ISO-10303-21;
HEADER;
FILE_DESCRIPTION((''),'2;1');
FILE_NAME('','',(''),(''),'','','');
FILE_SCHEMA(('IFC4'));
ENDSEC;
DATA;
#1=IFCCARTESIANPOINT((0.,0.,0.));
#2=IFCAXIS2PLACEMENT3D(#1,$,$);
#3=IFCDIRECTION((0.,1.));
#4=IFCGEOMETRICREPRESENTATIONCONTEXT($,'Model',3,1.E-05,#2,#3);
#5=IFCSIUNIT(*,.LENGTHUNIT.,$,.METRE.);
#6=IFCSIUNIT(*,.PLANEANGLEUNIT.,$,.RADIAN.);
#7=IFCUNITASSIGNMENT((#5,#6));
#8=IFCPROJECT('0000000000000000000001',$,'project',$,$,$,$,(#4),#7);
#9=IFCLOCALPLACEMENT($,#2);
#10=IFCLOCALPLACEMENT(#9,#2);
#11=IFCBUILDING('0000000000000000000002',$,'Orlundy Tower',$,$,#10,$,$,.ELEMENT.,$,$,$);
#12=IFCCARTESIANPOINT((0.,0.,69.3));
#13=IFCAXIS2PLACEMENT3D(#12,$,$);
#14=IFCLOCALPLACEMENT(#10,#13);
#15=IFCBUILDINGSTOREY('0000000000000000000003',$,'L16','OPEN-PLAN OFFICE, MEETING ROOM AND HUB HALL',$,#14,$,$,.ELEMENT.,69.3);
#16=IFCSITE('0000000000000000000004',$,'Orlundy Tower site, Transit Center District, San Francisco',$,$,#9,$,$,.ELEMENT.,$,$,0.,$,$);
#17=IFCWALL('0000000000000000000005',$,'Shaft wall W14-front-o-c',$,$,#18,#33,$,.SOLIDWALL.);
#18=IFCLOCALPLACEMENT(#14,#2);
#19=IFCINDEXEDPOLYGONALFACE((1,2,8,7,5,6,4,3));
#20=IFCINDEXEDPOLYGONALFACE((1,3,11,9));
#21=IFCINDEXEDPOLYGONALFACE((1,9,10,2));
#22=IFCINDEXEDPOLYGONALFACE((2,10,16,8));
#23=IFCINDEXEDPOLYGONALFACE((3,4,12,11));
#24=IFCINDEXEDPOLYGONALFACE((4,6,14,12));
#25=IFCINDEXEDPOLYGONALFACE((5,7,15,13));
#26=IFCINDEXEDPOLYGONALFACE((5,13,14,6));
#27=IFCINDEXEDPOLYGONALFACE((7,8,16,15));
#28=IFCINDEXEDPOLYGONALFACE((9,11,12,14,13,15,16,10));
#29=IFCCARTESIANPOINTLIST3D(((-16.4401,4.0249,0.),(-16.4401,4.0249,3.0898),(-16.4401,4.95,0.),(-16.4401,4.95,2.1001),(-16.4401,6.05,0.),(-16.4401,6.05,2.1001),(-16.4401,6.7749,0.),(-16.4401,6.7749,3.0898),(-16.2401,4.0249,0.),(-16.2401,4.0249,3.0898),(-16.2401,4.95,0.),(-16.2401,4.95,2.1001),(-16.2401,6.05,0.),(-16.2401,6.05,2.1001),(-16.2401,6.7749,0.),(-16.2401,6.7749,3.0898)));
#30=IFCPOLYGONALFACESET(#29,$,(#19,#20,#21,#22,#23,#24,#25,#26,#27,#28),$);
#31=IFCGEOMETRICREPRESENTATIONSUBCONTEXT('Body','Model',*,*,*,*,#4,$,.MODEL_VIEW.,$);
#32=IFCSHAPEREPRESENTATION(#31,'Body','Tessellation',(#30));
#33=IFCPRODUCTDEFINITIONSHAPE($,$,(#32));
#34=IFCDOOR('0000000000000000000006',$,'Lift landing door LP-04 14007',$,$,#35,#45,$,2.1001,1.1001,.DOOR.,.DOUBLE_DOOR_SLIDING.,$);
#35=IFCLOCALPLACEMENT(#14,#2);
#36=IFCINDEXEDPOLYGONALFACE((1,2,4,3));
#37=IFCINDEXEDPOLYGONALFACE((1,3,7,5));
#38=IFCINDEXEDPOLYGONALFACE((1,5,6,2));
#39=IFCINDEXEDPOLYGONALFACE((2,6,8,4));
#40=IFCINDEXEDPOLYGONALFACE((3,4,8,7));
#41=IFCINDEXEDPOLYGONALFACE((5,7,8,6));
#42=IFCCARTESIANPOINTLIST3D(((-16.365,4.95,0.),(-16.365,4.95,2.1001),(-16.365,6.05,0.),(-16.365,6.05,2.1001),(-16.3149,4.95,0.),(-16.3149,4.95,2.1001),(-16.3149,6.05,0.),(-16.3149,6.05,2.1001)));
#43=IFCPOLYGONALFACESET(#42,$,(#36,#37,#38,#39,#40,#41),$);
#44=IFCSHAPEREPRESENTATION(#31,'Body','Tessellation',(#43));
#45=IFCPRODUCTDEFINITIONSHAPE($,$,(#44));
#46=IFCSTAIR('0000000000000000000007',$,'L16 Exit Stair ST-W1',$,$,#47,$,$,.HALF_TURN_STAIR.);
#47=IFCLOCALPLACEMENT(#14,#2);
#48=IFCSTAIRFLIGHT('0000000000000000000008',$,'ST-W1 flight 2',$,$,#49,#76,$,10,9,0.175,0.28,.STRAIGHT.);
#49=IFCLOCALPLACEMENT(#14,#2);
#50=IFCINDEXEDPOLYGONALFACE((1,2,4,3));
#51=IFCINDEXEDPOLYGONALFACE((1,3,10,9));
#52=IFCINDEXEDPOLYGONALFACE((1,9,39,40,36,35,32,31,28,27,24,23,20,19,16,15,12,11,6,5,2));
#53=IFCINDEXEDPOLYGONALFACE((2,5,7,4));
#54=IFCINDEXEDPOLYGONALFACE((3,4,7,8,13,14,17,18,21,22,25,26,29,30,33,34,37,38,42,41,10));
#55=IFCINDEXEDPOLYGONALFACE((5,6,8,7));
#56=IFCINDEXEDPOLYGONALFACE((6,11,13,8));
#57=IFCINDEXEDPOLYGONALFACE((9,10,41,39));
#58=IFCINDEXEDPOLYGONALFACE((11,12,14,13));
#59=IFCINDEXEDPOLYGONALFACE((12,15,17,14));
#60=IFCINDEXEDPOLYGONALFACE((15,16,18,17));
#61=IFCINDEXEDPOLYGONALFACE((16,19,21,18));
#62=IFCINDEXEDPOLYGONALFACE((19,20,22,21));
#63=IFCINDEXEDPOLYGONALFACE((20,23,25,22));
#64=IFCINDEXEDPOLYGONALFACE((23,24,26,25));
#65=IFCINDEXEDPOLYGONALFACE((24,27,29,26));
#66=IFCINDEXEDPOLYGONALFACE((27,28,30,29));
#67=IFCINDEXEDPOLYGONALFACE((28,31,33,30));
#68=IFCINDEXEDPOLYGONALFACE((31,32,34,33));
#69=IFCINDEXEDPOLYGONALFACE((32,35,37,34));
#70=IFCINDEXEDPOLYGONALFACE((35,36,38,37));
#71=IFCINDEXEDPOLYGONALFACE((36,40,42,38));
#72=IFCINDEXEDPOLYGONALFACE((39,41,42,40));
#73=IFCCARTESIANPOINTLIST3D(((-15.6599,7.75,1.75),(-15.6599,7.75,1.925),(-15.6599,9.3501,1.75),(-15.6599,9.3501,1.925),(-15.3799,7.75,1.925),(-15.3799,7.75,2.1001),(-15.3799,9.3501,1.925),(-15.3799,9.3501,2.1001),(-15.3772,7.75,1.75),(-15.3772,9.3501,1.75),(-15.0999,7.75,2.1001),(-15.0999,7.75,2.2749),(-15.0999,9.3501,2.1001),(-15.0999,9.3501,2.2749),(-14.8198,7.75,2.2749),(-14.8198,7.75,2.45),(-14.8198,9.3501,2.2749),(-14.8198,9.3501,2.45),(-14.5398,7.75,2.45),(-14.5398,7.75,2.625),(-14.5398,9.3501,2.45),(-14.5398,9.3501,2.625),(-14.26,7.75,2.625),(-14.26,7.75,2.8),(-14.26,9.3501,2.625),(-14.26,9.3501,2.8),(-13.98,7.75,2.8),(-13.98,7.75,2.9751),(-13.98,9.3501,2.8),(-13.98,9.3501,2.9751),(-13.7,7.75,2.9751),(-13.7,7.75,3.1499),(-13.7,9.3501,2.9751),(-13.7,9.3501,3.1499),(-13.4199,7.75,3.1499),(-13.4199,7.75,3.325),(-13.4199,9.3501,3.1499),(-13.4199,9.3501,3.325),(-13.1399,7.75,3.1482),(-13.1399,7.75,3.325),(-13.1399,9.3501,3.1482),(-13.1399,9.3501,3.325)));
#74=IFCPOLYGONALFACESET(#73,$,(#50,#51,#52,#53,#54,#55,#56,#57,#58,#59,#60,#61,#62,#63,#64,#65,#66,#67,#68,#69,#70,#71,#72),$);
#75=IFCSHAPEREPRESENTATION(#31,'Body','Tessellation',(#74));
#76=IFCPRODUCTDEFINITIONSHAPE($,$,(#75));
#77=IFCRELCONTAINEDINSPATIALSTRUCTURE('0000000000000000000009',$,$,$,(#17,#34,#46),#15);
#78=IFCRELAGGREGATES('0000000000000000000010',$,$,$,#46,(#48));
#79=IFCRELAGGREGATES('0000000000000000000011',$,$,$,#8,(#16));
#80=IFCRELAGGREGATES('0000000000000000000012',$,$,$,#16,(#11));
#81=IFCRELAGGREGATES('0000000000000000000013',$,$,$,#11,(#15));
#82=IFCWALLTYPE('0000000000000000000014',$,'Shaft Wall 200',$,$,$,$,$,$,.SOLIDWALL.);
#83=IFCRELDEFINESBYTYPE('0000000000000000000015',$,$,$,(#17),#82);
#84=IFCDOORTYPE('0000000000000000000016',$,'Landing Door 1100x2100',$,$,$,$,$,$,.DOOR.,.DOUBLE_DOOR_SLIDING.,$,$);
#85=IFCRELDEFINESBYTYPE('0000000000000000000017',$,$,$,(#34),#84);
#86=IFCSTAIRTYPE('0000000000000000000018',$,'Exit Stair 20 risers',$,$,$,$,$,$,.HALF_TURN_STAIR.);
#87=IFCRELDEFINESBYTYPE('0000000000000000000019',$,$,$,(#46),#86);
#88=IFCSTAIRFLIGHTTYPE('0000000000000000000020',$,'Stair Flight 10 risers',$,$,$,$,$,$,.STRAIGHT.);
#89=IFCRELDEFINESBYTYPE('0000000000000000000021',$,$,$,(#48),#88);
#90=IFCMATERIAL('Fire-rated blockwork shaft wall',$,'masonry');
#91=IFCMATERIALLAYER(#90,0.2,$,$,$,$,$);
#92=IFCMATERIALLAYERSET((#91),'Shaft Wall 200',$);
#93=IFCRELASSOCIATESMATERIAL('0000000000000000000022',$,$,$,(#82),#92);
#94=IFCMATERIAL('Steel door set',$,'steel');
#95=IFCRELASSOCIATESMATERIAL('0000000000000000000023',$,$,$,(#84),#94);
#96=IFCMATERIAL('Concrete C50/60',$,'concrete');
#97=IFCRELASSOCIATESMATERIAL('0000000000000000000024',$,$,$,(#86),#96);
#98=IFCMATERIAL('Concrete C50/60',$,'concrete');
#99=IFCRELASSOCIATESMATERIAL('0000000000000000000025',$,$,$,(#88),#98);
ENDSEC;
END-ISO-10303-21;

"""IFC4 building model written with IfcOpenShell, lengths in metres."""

from ifc_helpers import new_model, si_unit, direction, frame, frame_2d, origin, place, context, subcontext, project, spatial, polyline, rectangle, outline, extrude, material, layer, layer_set, type_object, element, fill, aggregate, save


model = new_model("IFC4")

# Units and contexts
model_context = context("Model", 3, precision=1e-05, world=origin(), true_north=direction((0.0, 1.0)))
body_context = subcontext(model_context, "Body", "Model", "MODEL_VIEW")
ifc_project = project(units=[si_unit("LENGTHUNIT", "METRE"), si_unit("PLANEANGLEUNIT", "RADIAN")], contexts=[model_context])

# Site, building, storey
site_placement = place(None, origin())
site = spatial("IfcSite", under=ifc_project, at=site_placement, Name="Orlundy Tower site, Transit Center District, San Francisco", CompositionType="ELEMENT", RefElevation=0.0)
building_placement = place(site_placement, origin())
building = spatial("IfcBuilding", under=site, at=building_placement, Name="Orlundy Tower", CompositionType="ELEMENT")
storey_placement = place(building_placement, frame((0.0, 0.0, 69.3)))
storey = spatial("IfcBuildingStorey", under=building, at=storey_placement, Name="L16", Description="OPEN-PLAN OFFICE, MEETING ROOM AND HUB HALL", CompositionType="ELEMENT", Elevation=69.3)

# Wall, opening, door
ifc_material_1 = material(Name="Fire-rated blockwork shaft wall", Category="masonry")
ifc_layer_1 = layer(ifc_material_1, 0.2)
ifc_layer_set_1 = layer_set([ifc_layer_1], Name="Shaft Wall 200")
wall_type_1 = type_object("IfcWallType", Name="Shaft Wall 200", PredefinedType="SOLIDWALL", material=ifc_layer_set_1)
wall_1_placement = place(storey_placement, frame((-16.3401, 4.0249, 0.0), z_axis=(0.0, 0.0, 1.0), x_axis=(0.0, 1.0, 0.0)))
wall_1 = element("IfcWall", 1, at=wall_1_placement, inside=storey, type_object=wall_type_1, Name="Shaft wall W14-front-o-c", PredefinedType="SOLIDWALL", context=body_context, shape_type="SweptSolid", body=[
    extrude(rectangle(XDim=2.75, YDim=0.2, at=frame_2d((1.375, 0.0))), origin(), (0.0, 0.0, 1.0), 3.0898),
])
opening_1_placement = place(wall_1_placement, frame((0.925, 0.0, 0.0)))
opening_1 = element("IfcOpeningElement", 2, at=opening_1_placement, cuts=wall_1, PredefinedType="OPENING", context=body_context, shape_type="SweptSolid", body=[
    extrude(rectangle(XDim=1.1001, YDim=2.1001, at=frame_2d((0.55, 1.05))), frame((0.0, 0.1101, 0.0), z_axis=(0.0, -1.0, 0.0), x_axis=(1.0, 0.0, 0.0)), (0.0, 0.0, 1.0), 0.2202),
])
ifc_material_2 = material(Name="Steel door set", Category="steel")
door_type_1 = type_object("IfcDoorType", Name="Landing Door 1100x2100", OperationType="DOUBLE_DOOR_SLIDING", PredefinedType="DOOR", material=ifc_material_2)
door_1_placement = place(opening_1_placement, origin())
door_1 = element("IfcDoor", 3, at=door_1_placement, inside=storey, type_object=door_type_1, Name="Lift landing door LP-04 14007", OperationType="DOUBLE_DOOR_SLIDING", OverallHeight=2.1001, OverallWidth=1.1001, PredefinedType="DOOR", context=body_context, shape_type="SweptSolid", body=[
    extrude(rectangle(XDim=1.1001, YDim=2.1001, at=frame_2d((0.55, 1.05))), frame((0.0, 0.0249, 0.0), z_axis=(0.0, -1.0, 0.0), x_axis=(1.0, 0.0, 0.0)), (0.0, 0.0, 1.0), 0.05),
])
fill(opening_1, door_1)

# Stair, stair flight
ifc_material_3 = material(Name="Concrete C50/60", Category="concrete")
stair_type = type_object("IfcStairType", Name="Exit Stair 20 risers", PredefinedType="HALF_TURN_STAIR", material=ifc_material_3)
stair_placement = place(storey_placement, origin())
stair = element("IfcStair", 4, at=stair_placement, inside=storey, type_object=stair_type, Name="L16 Exit Stair ST-W1", PredefinedType="HALF_TURN_STAIR")
ifc_material_4 = material(Name="Concrete C50/60", Category="concrete")
stair_flight_type = type_object("IfcStairFlightType", Name="Stair Flight 10 risers", PredefinedType="STRAIGHT", material=ifc_material_4)
stair_flight_placement = place(storey_placement, frame((-15.6599, 8.55, 1.75), z_axis=(0.0, 0.0, 1.0), x_axis=(1.0, 0.0, 0.0)))
stair_flight = element("IfcStairFlight", 5, at=stair_flight_placement, type_object=stair_flight_type, Name="ST-W1 flight 2", NumberOfRisers=10, NumberOfTreads=9, PredefinedType="STRAIGHT", RiserHeight=0.175, TreadLength=0.28, context=body_context, shape_type="SweptSolid", body=[
    extrude(outline(polyline([(0.0, 0.0), (0.0, 0.175), (0.28, 0.175), (0.28, 0.3501), (0.5601, 0.3501), (0.5601, 0.5249), (0.8401, 0.5249), (0.8401, 0.7), (1.1201, 0.7), (1.1201, 0.875), (1.3999, 0.875), (1.3999, 1.05), (1.6799, 1.05), (1.6799, 1.2251), (1.96, 1.2251), (1.96, 1.3999), (2.24, 1.3999), (2.24, 1.575), (2.52, 1.575), (2.52, 1.75), (2.52, 1.3982), (0.2827, 0.0), (0.0, 0.0)])), frame((0.0, 0.8, 0.0), z_axis=(0.0, -1.0, 0.0), x_axis=(1.0, 0.0, 0.0)), (0.0, 0.0, 1.0), 1.6001),
])
aggregate(stair, [stair_flight])

save(model, "model.ifc")
